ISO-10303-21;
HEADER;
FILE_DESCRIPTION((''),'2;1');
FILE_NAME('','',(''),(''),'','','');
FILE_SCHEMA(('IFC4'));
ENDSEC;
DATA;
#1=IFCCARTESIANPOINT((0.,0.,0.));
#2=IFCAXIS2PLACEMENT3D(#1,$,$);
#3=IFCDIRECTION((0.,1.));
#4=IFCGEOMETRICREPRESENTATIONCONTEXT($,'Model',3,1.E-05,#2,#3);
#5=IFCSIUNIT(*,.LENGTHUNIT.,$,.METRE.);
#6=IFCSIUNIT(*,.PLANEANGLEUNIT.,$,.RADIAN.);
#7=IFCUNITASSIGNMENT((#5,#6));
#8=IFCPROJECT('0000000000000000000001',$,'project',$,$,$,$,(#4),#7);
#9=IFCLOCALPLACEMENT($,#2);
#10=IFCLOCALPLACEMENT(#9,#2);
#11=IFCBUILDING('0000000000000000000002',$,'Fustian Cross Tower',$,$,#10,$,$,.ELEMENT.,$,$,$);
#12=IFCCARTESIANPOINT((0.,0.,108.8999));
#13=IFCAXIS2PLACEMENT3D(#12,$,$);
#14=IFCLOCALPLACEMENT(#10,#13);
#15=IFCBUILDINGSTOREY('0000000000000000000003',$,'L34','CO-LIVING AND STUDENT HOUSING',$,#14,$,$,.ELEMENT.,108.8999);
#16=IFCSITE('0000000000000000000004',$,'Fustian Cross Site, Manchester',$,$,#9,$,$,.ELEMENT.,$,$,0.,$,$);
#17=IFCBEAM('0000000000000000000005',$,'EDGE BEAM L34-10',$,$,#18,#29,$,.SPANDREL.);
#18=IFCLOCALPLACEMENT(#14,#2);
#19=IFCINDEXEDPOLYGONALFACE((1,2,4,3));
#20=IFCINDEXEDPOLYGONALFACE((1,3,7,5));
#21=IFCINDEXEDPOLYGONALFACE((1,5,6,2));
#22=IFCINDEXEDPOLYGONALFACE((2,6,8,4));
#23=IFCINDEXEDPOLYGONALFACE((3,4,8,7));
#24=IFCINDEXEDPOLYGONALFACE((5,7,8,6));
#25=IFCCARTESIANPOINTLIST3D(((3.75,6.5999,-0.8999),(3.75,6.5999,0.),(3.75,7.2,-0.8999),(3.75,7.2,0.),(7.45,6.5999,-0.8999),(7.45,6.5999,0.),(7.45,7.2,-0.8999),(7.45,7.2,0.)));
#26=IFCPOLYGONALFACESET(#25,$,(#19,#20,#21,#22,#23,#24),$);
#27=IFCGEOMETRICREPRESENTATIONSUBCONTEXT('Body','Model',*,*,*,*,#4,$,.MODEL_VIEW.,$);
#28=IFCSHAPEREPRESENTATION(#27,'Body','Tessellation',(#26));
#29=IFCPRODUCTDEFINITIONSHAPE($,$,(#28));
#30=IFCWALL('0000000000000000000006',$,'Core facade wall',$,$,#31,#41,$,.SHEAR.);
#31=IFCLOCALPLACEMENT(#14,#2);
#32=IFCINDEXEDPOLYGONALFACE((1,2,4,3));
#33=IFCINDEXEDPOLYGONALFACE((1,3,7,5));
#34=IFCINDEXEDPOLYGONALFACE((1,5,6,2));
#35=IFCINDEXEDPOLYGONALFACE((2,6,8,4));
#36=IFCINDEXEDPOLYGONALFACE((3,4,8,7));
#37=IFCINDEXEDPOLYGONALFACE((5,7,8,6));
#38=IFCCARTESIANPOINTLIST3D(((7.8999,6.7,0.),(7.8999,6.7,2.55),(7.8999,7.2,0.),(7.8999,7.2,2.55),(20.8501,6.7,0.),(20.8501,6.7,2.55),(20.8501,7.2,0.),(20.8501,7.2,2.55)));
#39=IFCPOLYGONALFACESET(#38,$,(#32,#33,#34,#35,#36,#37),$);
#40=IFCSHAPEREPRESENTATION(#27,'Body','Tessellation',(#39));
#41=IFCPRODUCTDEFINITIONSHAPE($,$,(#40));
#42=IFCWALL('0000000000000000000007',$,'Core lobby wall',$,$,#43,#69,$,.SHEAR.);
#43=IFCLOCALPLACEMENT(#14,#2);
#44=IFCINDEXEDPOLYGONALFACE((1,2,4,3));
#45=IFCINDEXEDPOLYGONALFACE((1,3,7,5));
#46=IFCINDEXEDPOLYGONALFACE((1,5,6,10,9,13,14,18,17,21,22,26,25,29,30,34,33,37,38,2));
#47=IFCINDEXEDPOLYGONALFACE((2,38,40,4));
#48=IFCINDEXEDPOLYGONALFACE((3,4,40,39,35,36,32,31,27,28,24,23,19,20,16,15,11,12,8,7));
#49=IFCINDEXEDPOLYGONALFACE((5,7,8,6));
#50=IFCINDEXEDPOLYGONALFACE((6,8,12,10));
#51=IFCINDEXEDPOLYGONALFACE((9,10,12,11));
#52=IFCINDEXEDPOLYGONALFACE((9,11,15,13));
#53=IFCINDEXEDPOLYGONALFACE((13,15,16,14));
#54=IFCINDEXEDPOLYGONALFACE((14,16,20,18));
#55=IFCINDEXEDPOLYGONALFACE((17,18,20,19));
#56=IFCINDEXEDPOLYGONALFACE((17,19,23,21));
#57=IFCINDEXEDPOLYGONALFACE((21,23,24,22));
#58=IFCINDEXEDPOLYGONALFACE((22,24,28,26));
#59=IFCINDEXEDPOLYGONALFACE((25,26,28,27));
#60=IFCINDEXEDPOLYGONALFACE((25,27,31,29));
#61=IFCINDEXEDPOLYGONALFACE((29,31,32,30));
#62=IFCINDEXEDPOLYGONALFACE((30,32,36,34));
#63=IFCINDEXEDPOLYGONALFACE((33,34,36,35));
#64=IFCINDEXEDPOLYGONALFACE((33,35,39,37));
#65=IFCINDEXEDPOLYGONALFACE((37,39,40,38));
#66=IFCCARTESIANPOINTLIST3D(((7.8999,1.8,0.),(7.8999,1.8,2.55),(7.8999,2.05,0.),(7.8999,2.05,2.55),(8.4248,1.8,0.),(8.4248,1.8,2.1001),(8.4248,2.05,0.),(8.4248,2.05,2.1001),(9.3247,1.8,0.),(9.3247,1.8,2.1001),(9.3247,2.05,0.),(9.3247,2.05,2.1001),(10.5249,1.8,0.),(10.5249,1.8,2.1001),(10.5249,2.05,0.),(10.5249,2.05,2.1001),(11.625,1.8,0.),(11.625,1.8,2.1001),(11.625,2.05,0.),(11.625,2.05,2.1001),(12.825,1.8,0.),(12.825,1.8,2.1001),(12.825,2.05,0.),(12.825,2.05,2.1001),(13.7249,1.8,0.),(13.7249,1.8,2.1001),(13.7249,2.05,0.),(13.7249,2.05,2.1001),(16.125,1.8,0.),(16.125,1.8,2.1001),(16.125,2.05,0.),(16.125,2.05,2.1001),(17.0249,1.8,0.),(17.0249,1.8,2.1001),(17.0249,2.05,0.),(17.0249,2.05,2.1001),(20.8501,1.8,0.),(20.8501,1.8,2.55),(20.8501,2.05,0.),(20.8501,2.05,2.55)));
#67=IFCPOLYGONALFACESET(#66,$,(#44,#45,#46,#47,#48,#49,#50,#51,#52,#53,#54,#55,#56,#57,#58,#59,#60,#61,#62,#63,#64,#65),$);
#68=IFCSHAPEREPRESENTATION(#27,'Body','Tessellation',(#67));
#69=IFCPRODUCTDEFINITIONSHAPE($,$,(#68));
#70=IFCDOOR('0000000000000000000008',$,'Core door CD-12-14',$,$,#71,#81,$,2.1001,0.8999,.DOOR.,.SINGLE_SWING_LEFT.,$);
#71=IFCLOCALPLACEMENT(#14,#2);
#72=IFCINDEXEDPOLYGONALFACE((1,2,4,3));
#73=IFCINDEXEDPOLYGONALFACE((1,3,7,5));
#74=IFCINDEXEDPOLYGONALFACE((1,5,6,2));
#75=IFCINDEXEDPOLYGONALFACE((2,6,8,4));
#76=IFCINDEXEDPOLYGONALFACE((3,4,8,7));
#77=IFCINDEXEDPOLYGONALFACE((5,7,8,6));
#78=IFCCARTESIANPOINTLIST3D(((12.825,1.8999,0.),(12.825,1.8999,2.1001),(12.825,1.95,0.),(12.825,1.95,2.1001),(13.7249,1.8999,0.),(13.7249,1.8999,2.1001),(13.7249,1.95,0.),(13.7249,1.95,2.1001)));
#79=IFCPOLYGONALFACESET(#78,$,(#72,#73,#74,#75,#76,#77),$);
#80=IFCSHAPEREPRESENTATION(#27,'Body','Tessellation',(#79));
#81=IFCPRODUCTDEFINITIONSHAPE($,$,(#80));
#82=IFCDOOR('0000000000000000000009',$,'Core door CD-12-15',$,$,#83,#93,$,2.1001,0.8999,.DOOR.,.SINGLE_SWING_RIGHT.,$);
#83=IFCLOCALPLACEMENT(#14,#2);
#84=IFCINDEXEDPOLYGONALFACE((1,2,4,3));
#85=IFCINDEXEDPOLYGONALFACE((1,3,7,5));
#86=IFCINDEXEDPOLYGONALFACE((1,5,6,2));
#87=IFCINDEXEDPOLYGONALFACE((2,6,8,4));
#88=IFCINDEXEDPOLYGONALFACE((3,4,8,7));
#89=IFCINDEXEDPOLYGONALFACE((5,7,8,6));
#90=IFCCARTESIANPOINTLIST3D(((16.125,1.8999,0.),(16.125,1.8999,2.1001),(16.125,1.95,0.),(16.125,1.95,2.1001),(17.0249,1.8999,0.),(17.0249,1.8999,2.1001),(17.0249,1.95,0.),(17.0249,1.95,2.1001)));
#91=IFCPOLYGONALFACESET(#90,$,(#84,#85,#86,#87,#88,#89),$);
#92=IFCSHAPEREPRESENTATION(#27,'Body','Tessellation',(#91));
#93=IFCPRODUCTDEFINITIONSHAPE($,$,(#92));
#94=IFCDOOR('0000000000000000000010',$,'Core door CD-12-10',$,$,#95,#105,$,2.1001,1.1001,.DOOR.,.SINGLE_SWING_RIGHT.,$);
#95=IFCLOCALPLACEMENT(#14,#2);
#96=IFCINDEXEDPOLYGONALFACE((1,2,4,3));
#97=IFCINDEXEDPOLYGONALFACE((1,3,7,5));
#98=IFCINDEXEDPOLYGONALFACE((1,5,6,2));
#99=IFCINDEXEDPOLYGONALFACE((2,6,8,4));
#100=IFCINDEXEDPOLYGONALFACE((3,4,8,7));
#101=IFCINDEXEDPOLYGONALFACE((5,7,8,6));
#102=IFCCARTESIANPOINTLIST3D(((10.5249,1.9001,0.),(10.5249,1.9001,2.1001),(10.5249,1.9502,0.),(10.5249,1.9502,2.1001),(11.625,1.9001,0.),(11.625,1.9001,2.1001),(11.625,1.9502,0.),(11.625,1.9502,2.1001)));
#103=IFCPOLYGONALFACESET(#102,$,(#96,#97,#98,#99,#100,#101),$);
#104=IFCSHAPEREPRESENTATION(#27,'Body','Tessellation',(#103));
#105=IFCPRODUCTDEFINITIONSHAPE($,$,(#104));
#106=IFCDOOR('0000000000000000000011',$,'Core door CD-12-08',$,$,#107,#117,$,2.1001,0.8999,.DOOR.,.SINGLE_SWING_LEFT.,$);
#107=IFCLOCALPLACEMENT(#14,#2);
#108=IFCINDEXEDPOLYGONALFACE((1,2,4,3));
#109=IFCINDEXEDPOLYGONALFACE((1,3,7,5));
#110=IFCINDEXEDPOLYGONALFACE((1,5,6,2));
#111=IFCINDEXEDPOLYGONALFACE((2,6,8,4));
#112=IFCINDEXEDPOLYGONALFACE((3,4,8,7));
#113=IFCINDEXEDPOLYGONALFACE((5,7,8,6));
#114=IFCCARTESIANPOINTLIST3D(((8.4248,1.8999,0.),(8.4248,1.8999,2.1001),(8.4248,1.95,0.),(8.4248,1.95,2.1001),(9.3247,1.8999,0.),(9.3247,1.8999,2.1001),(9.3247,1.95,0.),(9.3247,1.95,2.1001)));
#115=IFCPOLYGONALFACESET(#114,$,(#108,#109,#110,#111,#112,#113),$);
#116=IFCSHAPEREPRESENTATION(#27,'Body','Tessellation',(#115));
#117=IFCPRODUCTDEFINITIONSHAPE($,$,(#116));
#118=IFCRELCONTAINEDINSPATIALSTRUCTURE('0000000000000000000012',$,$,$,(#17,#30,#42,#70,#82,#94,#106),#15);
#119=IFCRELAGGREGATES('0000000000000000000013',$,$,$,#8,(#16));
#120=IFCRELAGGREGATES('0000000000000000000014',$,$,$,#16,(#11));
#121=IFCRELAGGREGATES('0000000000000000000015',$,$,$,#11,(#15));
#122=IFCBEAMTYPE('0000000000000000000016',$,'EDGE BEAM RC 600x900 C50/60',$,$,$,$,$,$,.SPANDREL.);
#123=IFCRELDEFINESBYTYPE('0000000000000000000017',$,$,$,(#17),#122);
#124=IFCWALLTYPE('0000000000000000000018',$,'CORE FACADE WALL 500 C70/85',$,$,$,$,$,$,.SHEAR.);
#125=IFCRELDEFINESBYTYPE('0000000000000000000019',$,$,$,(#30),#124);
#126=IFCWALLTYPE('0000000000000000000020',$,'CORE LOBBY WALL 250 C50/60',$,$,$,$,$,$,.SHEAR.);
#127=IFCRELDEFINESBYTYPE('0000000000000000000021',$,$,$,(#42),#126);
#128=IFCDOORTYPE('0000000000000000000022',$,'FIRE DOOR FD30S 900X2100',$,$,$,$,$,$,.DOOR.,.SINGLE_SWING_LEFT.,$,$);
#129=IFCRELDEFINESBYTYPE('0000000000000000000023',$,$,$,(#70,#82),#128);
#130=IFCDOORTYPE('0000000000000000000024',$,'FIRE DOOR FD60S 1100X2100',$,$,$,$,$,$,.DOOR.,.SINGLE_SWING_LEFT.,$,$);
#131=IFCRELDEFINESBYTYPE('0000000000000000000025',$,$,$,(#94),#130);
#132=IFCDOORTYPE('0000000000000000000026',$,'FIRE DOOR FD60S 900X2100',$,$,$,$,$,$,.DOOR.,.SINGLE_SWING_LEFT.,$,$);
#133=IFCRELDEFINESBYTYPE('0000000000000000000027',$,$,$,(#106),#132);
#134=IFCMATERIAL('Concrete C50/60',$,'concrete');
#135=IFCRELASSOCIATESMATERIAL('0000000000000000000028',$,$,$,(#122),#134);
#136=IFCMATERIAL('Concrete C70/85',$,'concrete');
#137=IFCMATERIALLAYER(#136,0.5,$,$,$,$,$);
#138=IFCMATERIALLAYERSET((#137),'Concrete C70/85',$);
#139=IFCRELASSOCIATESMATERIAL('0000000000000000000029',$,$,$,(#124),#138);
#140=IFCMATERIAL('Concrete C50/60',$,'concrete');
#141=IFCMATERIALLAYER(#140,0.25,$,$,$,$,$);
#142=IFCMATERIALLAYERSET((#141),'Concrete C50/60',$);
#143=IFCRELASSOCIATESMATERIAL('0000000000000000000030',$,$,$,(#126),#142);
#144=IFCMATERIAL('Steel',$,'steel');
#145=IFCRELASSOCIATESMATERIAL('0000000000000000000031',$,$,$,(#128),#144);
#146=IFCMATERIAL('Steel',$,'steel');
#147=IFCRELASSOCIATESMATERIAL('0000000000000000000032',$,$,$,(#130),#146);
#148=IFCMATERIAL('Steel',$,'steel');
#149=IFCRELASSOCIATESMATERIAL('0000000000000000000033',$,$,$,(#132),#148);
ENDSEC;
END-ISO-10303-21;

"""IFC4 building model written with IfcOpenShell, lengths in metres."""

from ifc_helpers import new_model, si_unit, direction, frame, frame_2d, origin, origin_2d, place, context, subcontext, project, spatial, rectangle, extrude, material, layer, layer_set, material_profile, profile_set, type_object, element, fill, save


model = new_model("IFC4")

# Units and contexts
model_context = context("Model", 3, precision=1e-05, world=origin(), true_north=direction((0.0, 1.0)))
body_context = subcontext(model_context, "Body", "Model", "MODEL_VIEW")
ifc_project = project(units=[si_unit("LENGTHUNIT", "METRE"), si_unit("PLANEANGLEUNIT", "RADIAN")], contexts=[model_context])

# Site, building, storey
site_placement = place(None, origin())
site = spatial("IfcSite", under=ifc_project, at=site_placement, Name="Fustian Cross Site, Manchester", CompositionType="ELEMENT", RefElevation=0.0)
building_placement = place(site_placement, origin())
building = spatial("IfcBuilding", under=site, at=building_placement, Name="Fustian Cross Tower", CompositionType="ELEMENT")
storey_placement = place(building_placement, frame((0.0, 0.0, 108.8999)))
storey = spatial("IfcBuildingStorey", under=building, at=storey_placement, Name="L34", Description="CO-LIVING AND STUDENT HOUSING", CompositionType="ELEMENT", Elevation=108.8999)

# Beam
ifc_material_1 = material(Name="Concrete C50/60", Category="concrete")
ifc_material_profile = material_profile(ifc_material_1, rectangle(XDim=0.6001, YDim=0.8999, at=origin_2d()), Name="RC 600x900")
ifc_profile_set = profile_set([ifc_material_profile], Name="Concrete C50/60")
beam_type = type_object("IfcBeamType", Name="EDGE BEAM RC 600x900 C50/60", PredefinedType="SPANDREL", material=ifc_profile_set)
beam_placement = place(storey_placement, frame((7.45, 6.8999, -0.45), z_axis=(-1.0, 0.0, 0.0), x_axis=(0.0, -1.0, 0.0)))
element("IfcBeam", 1, at=beam_placement, inside=storey, type_object=beam_type, Name="EDGE BEAM L34-10", PredefinedType="SPANDREL", context=body_context, shape_type="SweptSolid", body=[
    extrude(rectangle(XDim=0.6001, YDim=0.8999, at=origin_2d()), origin(), (0.0, 0.0, 1.0), 3.7),
])

# Wall
ifc_material_2 = material(Name="Concrete C70/85", Category="concrete")
ifc_layer_1 = layer(ifc_material_2, 0.5)
ifc_layer_set_1 = layer_set([ifc_layer_1], Name="Concrete C70/85")
wall_type_1 = type_object("IfcWallType", Name="CORE FACADE WALL 500 C70/85", PredefinedType="SHEAR", material=ifc_layer_set_1)
wall_1_placement = place(storey_placement, frame((7.8999, 6.95, 0.0), z_axis=(0.0, 0.0, 1.0), x_axis=(1.0, 0.0, 0.0)))
element("IfcWall", 2, at=wall_1_placement, inside=storey, type_object=wall_type_1, Name="Core facade wall", PredefinedType="SHEAR", context=body_context, shape_type="SweptSolid", body=[
    extrude(rectangle(XDim=12.9502, YDim=0.5, at=frame_2d((6.4751, 0.0))), origin(), (0.0, 0.0, 1.0), 2.55),
])

# Wall, openings, doors
ifc_material_3 = material(Name="Concrete C50/60", Category="concrete")
ifc_layer_2 = layer(ifc_material_3, 0.25)
ifc_layer_set_2 = layer_set([ifc_layer_2], Name="Concrete C50/60")
wall_type_2 = type_object("IfcWallType", Name="CORE LOBBY WALL 250 C50/60", PredefinedType="SHEAR", material=ifc_layer_set_2)
wall_2_placement = place(storey_placement, frame((7.8999, 1.925, 0.0), z_axis=(0.0, 0.0, 1.0), x_axis=(1.0, 0.0, 0.0)))
wall_2 = element("IfcWall", 3, at=wall_2_placement, inside=storey, type_object=wall_type_2, Name="Core lobby wall", PredefinedType="SHEAR", context=body_context, shape_type="SweptSolid", body=[
    extrude(rectangle(XDim=12.9502, YDim=0.25, at=frame_2d((6.4751, 0.0))), origin(), (0.0, 0.0, 1.0), 2.55),
])
opening_1_placement = place(wall_2_placement, frame((0.5249, 0.0, 0.0)))
opening_1 = element("IfcOpeningElement", 4, at=opening_1_placement, cuts=wall_2, PredefinedType="OPENING", context=body_context, shape_type="SweptSolid", body=[
    extrude(rectangle(XDim=0.8999, YDim=2.1001, at=frame_2d((0.45, 1.05))), frame((0.0, 0.135, 0.0), z_axis=(0.0, -1.0, 0.0), x_axis=(1.0, 0.0, 0.0)), (0.0, 0.0, 1.0), 0.27),
])
opening_2_placement = place(wall_2_placement, frame((2.625, 0.0, 0.0)))
opening_2 = element("IfcOpeningElement", 5, at=opening_2_placement, cuts=wall_2, PredefinedType="OPENING", context=body_context, shape_type="SweptSolid", body=[
    extrude(rectangle(XDim=1.1001, YDim=2.1001, at=frame_2d((0.55, 1.05))), frame((0.0, 0.135, 0.0), z_axis=(0.0, -1.0, 0.0), x_axis=(1.0, 0.0, 0.0)), (0.0, 0.0, 1.0), 0.27),
])
opening_3_placement = place(wall_2_placement, frame((4.925, 0.0, 0.0)))
opening_3 = element("IfcOpeningElement", 6, at=opening_3_placement, cuts=wall_2, PredefinedType="OPENING", context=body_context, shape_type="SweptSolid", body=[
    extrude(rectangle(XDim=0.8999, YDim=2.1001, at=frame_2d((0.45, 1.05))), frame((0.0, 0.135, 0.0), z_axis=(0.0, -1.0, 0.0), x_axis=(1.0, 0.0, 0.0)), (0.0, 0.0, 1.0), 0.27),
])
opening_4_placement = place(wall_2_placement, frame((8.2251, 0.0, 0.0)))
opening_4 = element("IfcOpeningElement", 7, at=opening_4_placement, cuts=wall_2, PredefinedType="OPENING", context=body_context, shape_type="SweptSolid", body=[
    extrude(rectangle(XDim=0.8999, YDim=2.1001, at=frame_2d((0.45, 1.05))), frame((0.0, 0.135, 0.0), z_axis=(0.0, -1.0, 0.0), x_axis=(1.0, 0.0, 0.0)), (0.0, 0.0, 1.0), 0.27),
])
ifc_material_4 = material(Name="Steel", Category="steel")
door_type_1 = type_object("IfcDoorType", Name="FIRE DOOR FD30S 900X2100", OperationType="SINGLE_SWING_LEFT", PredefinedType="DOOR", material=ifc_material_4)
door_1_placement = place(opening_3_placement, origin())
door_1 = element("IfcDoor", 8, at=door_1_placement, inside=storey, type_object=door_type_1, Name="Core door CD-12-14", OperationType="SINGLE_SWING_LEFT", OverallHeight=2.1001, OverallWidth=0.8999, PredefinedType="DOOR", context=body_context, shape_type="SweptSolid", body=[
    extrude(rectangle(XDim=0.8999, YDim=2.1001, at=frame_2d((0.45, 1.05))), frame((0.0, 0.0249, 0.0), z_axis=(0.0, -1.0, 0.0), x_axis=(1.0, 0.0, 0.0)), (0.0, 0.0, 1.0), 0.05),
])
fill(opening_3, door_1)
door_2_placement = place(opening_4_placement, origin())
door_2 = element("IfcDoor", 9, at=door_2_placement, inside=storey, type_object=door_type_1, Name="Core door CD-12-15", OperationType="SINGLE_SWING_RIGHT", OverallHeight=2.1001, OverallWidth=0.8999, PredefinedType="DOOR", context=body_context, shape_type="SweptSolid", body=[
    extrude(rectangle(XDim=0.8999, YDim=2.1001, at=frame_2d((0.45, 1.05))), frame((0.0, 0.0249, 0.0), z_axis=(0.0, -1.0, 0.0), x_axis=(1.0, 0.0, 0.0)), (0.0, 0.0, 1.0), 0.05),
])
fill(opening_4, door_2)
ifc_material_5 = material(Name="Steel", Category="steel")
door_type_2 = type_object("IfcDoorType", Name="FIRE DOOR FD60S 1100X2100", OperationType="SINGLE_SWING_LEFT", PredefinedType="DOOR", material=ifc_material_5)
door_3_placement = place(opening_2_placement, frame((1.1001, 0.0, 0.0), z_axis=(0.0, 0.0, 1.0), x_axis=(-1.0, 0.0, 0.0)))
door_3 = element("IfcDoor", 10, at=door_3_placement, inside=storey, type_object=door_type_2, Name="Core door CD-12-10", OperationType="SINGLE_SWING_RIGHT", OverallHeight=2.1001, OverallWidth=1.1001, PredefinedType="DOOR", context=body_context, shape_type="SweptSolid", body=[
    extrude(rectangle(XDim=1.1001, YDim=2.1001, at=frame_2d((0.55, 1.05))), frame((0.0, 0.0249, 0.0), z_axis=(0.0, -1.0, 0.0), x_axis=(1.0, 0.0, 0.0)), (0.0, 0.0, 1.0), 0.05),
])
fill(opening_2, door_3)
ifc_material_6 = material(Name="Steel", Category="steel")
door_type_3 = type_object("IfcDoorType", Name="FIRE DOOR FD60S 900X2100", OperationType="SINGLE_SWING_LEFT", PredefinedType="DOOR", material=ifc_material_6)
door_4_placement = place(opening_1_placement, origin())
door_4 = element("IfcDoor", 11, at=door_4_placement, inside=storey, type_object=door_type_3, Name="Core door CD-12-08", OperationType="SINGLE_SWING_LEFT", OverallHeight=2.1001, OverallWidth=0.8999, PredefinedType="DOOR", context=body_context, shape_type="SweptSolid", body=[
    extrude(rectangle(XDim=0.8999, YDim=2.1001, at=frame_2d((0.45, 1.05))), frame((0.0, 0.0249, 0.0), z_axis=(0.0, -1.0, 0.0), x_axis=(1.0, 0.0, 0.0)), (0.0, 0.0, 1.0), 0.05),
])
fill(opening_1, door_4)

save(model, "model.ifc")
